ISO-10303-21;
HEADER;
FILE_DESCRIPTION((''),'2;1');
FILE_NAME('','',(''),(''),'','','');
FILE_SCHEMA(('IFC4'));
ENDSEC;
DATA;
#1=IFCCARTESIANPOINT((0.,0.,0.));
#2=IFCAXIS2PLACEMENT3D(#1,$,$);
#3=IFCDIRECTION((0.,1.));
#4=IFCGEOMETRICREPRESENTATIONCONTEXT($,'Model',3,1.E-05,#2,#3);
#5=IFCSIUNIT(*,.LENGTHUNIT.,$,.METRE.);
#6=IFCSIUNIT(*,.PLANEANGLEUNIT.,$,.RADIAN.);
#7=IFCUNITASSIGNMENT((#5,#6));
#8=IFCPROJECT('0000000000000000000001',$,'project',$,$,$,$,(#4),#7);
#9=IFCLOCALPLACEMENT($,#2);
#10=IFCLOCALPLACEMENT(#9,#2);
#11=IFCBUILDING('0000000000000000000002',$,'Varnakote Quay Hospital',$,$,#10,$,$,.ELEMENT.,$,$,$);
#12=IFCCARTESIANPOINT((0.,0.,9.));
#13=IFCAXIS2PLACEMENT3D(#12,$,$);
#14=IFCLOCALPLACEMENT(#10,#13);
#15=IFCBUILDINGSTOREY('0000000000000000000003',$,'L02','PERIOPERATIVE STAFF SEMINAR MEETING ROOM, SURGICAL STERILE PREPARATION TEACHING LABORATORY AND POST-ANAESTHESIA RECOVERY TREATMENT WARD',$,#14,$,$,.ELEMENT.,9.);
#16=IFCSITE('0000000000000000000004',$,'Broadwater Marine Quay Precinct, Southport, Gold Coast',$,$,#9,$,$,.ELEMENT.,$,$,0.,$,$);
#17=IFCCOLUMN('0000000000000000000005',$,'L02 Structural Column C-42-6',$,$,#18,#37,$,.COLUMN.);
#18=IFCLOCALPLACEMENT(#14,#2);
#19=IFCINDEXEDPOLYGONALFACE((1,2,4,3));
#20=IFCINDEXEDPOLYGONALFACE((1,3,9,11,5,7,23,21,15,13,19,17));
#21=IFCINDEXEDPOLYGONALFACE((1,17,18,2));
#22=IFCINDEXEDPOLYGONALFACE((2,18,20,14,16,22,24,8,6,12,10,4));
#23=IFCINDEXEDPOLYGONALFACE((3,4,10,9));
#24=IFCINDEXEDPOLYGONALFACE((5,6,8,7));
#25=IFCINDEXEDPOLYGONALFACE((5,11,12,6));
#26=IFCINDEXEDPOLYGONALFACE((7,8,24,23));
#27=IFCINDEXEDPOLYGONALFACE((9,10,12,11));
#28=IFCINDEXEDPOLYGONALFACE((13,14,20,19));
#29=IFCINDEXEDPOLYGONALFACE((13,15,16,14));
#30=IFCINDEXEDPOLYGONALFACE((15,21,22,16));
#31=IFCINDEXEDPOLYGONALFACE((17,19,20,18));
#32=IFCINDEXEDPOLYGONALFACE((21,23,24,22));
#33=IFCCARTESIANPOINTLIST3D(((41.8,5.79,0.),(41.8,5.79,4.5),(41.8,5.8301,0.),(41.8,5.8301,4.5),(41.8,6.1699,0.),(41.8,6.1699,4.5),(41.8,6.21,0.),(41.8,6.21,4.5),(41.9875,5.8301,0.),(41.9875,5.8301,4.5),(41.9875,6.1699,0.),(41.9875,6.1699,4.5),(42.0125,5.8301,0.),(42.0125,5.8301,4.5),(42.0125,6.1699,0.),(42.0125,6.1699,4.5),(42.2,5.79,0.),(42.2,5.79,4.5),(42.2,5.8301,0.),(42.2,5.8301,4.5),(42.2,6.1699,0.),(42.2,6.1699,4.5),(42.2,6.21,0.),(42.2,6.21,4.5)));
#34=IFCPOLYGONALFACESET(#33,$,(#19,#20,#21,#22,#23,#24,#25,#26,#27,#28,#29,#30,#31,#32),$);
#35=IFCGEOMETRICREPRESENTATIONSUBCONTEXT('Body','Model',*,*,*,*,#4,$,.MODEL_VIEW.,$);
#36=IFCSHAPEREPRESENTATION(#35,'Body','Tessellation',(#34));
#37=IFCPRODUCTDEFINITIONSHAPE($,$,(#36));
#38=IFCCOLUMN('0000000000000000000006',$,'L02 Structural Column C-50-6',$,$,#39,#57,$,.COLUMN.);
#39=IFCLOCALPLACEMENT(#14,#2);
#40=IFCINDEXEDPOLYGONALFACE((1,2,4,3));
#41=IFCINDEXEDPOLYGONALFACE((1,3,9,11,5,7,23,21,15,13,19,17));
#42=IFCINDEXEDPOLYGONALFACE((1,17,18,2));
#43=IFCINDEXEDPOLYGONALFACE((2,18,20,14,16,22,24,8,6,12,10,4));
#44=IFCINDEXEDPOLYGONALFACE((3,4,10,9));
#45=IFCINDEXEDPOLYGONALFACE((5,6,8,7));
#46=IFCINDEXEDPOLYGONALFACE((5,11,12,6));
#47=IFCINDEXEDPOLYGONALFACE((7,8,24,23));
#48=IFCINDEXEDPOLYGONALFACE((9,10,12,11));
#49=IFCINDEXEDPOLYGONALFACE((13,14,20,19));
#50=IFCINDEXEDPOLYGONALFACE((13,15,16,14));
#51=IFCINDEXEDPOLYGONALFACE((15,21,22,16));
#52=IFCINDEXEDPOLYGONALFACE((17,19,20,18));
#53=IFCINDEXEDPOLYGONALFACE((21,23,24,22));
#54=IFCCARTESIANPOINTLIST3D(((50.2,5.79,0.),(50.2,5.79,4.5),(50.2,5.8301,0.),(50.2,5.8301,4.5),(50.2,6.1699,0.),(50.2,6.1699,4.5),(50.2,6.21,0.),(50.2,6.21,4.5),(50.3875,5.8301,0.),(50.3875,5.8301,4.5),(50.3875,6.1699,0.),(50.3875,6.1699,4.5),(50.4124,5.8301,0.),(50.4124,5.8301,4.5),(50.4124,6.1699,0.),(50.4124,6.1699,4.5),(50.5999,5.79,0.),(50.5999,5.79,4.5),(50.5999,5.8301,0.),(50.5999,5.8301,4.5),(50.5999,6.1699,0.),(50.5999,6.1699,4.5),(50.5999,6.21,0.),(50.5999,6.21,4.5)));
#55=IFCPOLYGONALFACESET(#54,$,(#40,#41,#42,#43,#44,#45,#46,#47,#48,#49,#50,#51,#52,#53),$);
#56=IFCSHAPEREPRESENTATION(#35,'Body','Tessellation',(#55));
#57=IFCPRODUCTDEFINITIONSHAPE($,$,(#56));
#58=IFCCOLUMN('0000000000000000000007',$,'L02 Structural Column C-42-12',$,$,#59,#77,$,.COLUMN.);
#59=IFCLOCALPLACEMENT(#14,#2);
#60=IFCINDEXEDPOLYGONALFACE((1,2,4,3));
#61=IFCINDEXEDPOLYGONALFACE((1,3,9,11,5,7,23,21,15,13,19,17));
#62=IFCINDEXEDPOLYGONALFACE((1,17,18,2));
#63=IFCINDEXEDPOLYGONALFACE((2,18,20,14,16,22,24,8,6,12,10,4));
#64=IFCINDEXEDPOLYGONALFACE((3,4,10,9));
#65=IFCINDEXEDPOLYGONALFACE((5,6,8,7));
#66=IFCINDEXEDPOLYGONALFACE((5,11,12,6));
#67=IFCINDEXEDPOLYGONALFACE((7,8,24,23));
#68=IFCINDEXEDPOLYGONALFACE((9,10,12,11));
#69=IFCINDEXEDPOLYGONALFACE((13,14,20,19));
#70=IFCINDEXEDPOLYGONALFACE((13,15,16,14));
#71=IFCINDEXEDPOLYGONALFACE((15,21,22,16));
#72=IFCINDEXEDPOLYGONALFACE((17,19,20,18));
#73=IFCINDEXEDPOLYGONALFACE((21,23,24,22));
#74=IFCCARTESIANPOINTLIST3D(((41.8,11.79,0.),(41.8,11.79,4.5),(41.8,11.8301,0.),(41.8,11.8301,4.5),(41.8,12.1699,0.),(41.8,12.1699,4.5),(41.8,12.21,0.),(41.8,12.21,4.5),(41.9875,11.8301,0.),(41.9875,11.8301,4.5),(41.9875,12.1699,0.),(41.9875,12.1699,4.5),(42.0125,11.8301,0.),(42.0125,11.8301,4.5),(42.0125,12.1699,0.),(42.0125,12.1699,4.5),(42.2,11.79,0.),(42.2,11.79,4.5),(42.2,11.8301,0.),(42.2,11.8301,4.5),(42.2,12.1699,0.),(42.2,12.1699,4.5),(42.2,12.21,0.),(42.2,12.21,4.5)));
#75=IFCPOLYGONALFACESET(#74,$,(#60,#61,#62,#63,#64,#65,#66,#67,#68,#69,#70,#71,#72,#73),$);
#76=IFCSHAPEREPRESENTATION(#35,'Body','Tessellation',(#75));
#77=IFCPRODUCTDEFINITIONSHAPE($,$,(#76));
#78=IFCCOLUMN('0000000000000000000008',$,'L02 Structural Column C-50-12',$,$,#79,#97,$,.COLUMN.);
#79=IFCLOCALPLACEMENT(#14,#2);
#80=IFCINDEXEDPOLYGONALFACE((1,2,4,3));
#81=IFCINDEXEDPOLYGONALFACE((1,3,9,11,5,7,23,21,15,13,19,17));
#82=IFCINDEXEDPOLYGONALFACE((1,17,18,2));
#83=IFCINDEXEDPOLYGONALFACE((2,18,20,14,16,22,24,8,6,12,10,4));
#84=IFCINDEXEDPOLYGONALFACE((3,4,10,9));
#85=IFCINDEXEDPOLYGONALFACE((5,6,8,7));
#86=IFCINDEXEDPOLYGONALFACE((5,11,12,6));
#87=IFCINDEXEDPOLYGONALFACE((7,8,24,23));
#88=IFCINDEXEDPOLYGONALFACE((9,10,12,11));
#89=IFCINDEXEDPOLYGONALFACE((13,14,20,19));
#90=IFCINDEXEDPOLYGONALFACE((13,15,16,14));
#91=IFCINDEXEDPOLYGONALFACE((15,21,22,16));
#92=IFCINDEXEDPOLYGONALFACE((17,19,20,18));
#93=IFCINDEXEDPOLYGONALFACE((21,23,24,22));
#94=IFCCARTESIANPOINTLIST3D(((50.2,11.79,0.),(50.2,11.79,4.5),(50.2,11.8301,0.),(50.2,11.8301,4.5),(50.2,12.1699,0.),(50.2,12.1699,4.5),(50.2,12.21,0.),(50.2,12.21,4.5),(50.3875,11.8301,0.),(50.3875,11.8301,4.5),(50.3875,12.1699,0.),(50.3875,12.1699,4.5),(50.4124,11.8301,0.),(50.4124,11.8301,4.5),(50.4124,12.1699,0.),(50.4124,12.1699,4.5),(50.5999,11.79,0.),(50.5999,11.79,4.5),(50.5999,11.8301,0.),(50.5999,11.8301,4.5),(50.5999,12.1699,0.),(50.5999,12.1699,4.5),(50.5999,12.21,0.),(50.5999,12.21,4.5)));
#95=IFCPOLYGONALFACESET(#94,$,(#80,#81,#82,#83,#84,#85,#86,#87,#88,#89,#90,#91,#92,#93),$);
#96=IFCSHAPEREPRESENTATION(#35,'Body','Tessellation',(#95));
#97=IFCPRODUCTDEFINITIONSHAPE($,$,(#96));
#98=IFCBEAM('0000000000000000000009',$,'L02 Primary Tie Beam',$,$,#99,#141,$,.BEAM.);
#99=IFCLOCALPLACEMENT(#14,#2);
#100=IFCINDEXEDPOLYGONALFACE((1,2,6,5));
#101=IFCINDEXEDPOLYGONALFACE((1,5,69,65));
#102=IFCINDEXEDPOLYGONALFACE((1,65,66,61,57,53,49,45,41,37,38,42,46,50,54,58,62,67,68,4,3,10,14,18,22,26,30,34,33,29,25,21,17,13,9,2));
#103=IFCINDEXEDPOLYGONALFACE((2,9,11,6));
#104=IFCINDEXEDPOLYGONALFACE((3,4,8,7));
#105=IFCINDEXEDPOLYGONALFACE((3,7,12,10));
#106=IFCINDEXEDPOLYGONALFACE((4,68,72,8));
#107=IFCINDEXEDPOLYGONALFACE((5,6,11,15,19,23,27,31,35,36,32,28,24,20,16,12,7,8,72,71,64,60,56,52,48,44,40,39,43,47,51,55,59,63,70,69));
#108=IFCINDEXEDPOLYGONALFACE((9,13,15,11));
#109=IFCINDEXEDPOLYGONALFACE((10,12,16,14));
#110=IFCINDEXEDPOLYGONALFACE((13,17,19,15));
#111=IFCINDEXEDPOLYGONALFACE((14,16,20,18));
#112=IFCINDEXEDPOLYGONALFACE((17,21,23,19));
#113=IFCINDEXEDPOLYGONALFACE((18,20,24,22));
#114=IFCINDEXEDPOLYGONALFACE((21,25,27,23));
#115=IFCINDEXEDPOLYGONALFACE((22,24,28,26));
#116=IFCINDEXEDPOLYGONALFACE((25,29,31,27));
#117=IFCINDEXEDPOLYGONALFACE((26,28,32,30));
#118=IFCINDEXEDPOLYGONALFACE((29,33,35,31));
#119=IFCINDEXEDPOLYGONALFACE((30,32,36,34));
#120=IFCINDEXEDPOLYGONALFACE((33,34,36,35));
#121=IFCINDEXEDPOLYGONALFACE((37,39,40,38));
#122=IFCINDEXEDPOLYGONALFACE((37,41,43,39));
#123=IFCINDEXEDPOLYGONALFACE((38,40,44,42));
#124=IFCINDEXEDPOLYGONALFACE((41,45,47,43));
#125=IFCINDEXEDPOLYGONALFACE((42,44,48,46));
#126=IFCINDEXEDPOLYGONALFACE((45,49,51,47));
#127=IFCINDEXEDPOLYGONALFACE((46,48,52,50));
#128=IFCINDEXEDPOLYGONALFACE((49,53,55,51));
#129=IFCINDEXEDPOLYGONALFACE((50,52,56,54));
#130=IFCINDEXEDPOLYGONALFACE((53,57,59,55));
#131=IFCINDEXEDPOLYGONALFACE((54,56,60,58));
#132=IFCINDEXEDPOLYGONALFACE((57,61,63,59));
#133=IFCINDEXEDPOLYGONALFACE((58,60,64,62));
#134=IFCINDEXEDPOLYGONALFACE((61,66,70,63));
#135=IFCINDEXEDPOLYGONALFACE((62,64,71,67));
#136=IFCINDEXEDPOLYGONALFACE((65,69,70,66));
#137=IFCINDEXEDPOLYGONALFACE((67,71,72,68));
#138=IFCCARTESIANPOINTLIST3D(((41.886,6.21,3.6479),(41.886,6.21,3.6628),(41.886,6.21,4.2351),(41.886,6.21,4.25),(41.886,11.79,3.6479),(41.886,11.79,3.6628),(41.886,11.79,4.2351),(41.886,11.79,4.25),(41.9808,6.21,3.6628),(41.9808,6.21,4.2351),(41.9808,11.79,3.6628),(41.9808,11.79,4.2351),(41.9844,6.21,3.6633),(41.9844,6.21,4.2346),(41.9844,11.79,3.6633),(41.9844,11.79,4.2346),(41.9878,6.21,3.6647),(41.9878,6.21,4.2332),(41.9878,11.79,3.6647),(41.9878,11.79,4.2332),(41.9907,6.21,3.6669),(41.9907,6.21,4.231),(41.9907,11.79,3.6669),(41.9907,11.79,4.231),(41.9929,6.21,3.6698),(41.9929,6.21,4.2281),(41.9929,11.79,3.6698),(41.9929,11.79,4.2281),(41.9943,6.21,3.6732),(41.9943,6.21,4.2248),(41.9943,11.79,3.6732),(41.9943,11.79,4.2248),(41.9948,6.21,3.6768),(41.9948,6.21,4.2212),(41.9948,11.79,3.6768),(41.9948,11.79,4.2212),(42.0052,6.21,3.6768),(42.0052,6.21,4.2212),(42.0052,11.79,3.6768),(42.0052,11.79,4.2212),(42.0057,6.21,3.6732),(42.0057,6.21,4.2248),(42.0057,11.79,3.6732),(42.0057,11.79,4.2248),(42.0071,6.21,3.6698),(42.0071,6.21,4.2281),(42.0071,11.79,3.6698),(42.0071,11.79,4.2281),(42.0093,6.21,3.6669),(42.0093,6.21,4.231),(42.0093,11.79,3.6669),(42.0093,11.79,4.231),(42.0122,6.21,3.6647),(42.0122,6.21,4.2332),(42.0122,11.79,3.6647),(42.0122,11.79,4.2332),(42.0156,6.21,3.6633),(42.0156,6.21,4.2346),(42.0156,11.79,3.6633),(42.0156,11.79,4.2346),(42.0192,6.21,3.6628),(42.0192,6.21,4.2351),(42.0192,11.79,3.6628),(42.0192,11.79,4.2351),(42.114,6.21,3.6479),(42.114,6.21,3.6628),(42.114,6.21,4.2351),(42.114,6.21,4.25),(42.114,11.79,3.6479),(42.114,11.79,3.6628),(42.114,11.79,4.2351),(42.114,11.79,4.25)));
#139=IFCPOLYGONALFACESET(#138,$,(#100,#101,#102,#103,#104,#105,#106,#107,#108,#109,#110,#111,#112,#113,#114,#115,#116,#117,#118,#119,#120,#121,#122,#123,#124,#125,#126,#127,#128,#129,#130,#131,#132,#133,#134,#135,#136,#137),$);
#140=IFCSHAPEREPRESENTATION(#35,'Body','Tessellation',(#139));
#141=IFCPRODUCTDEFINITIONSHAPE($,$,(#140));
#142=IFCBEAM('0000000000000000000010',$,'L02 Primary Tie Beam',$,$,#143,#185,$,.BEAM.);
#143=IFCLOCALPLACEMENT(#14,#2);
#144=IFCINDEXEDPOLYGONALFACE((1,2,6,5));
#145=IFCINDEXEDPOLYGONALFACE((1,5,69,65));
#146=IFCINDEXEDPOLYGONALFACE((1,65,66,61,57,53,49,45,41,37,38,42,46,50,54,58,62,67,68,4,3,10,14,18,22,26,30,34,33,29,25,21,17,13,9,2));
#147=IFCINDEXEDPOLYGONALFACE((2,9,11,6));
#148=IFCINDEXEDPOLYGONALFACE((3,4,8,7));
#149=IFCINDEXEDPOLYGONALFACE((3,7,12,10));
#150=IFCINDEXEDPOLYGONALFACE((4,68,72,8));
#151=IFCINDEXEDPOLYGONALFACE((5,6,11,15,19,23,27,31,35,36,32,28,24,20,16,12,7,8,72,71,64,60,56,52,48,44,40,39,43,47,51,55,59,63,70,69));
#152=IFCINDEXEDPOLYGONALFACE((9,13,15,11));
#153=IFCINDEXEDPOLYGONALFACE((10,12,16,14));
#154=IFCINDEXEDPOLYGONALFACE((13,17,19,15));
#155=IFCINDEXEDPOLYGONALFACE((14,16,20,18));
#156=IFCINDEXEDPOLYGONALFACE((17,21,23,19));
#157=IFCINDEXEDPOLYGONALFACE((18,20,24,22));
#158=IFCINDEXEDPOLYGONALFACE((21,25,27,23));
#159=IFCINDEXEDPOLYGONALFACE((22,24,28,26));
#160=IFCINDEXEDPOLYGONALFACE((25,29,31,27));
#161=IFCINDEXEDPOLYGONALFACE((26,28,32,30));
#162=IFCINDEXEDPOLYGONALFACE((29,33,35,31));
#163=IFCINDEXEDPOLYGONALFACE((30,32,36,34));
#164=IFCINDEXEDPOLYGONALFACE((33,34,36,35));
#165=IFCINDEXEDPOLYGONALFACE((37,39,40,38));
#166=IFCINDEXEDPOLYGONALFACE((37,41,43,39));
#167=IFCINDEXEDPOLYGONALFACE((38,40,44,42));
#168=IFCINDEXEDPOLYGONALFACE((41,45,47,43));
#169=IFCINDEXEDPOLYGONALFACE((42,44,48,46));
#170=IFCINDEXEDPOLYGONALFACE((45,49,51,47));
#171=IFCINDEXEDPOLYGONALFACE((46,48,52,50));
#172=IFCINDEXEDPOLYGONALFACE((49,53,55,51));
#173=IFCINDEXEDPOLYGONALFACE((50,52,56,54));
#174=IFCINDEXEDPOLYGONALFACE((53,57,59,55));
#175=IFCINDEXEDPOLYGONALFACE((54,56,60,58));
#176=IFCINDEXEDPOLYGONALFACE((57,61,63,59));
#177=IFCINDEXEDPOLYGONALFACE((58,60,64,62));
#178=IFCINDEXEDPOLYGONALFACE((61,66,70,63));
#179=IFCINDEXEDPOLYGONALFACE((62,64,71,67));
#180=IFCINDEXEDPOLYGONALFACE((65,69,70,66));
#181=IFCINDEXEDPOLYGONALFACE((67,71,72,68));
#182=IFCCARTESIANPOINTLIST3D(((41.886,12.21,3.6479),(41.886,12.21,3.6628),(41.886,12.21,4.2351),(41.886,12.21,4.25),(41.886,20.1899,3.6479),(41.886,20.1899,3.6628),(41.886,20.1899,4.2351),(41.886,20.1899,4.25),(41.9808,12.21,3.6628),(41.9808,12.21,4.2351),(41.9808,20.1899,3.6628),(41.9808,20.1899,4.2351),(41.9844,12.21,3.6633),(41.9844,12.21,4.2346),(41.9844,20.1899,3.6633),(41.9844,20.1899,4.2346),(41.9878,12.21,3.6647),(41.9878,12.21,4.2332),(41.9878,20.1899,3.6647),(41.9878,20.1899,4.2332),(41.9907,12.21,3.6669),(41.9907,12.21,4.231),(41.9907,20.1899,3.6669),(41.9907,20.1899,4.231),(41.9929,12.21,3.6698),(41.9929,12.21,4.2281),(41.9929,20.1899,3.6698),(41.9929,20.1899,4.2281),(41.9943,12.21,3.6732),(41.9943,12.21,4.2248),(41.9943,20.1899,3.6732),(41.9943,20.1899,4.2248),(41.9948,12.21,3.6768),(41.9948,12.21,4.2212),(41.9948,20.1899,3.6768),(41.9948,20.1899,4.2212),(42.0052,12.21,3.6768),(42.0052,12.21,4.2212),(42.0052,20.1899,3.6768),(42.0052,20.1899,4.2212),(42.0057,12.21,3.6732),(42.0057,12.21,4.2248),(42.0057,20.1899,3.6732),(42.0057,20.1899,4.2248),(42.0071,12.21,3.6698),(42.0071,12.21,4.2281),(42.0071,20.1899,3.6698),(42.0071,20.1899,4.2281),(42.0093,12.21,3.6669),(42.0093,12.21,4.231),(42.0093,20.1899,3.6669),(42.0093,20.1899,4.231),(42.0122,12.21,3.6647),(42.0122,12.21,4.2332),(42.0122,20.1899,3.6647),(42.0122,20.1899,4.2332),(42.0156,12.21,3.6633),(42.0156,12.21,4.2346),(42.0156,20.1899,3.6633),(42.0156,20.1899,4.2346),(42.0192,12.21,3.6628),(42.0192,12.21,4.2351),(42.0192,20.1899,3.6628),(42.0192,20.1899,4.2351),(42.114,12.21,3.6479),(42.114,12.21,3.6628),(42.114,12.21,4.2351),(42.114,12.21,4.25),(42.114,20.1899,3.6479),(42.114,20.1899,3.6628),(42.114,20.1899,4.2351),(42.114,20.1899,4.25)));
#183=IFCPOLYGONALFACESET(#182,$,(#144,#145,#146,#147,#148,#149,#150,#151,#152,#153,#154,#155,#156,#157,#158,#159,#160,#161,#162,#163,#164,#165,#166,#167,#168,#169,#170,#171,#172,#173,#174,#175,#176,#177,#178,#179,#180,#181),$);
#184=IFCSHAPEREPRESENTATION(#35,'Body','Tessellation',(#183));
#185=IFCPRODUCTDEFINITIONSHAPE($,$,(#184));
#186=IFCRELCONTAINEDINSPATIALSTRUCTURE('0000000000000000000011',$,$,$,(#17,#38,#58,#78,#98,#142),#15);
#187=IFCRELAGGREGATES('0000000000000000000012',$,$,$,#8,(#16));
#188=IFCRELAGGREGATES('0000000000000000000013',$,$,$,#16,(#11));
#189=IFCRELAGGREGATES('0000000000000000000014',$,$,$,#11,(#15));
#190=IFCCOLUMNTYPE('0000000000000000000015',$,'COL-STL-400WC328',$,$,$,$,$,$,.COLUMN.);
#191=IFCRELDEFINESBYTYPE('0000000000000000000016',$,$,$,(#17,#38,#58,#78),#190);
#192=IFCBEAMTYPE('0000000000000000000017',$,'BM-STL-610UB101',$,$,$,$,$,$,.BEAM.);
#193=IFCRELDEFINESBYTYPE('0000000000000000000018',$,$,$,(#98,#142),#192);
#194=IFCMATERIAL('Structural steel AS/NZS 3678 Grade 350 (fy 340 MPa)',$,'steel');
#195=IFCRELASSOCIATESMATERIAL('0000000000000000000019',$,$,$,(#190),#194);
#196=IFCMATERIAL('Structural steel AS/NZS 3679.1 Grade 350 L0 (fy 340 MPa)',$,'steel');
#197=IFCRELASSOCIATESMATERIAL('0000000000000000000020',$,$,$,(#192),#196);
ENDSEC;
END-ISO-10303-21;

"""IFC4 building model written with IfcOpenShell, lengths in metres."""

from ifc_helpers import new_model, si_unit, direction, frame, origin, origin_2d, place, context, subcontext, project, spatial, i_section, extrude, material, material_profile, profile_set, type_object, element, save


model = new_model("IFC4")

# Units and contexts
model_context = context("Model", 3, precision=1e-05, world=origin(), true_north=direction((0.0, 1.0)))
body_context = subcontext(model_context, "Body", "Model", "MODEL_VIEW")
ifc_project = project(units=[si_unit("LENGTHUNIT", "METRE"), si_unit("PLANEANGLEUNIT", "RADIAN")], contexts=[model_context])

# Site, building, storey
site_placement = place(None, origin())
site = spatial("IfcSite", under=ifc_project, at=site_placement, Name="Broadwater Marine Quay Precinct, Southport, Gold Coast", CompositionType="ELEMENT", RefElevation=0.0)
building_placement = place(site_placement, origin())
building = spatial("IfcBuilding", under=site, at=building_placement, Name="Varnakote Quay Hospital", CompositionType="ELEMENT")
storey_placement = place(building_placement, frame((0.0, 0.0, 9.0)))
storey = spatial("IfcBuildingStorey", under=building, at=storey_placement, Name="L02", Description="PERIOPERATIVE STAFF SEMINAR MEETING ROOM, SURGICAL STERILE PREPARATION TEACHING LABORATORY AND POST-ANAESTHESIA RECOVERY TREATMENT WARD", CompositionType="ELEMENT", Elevation=9.0)

# Columns
ifc_material_1 = material(Name="Structural steel AS/NZS 3678 Grade 350 (fy 340 MPa)", Category="steel")
ifc_material_profile_1 = material_profile(ifc_material_1, i_section(OverallWidth=0.3999, OverallDepth=0.4199, WebThickness=0.0249, FlangeThickness=0.04, at=origin_2d()), Name="400WC328")
ifc_profile_set_1 = profile_set([ifc_material_profile_1], Name="Structural steel AS/NZS 3678 Grade 350 (fy 340 MPa)")
column_type = type_object("IfcColumnType", Name="COL-STL-400WC328", PredefinedType="COLUMN", material=ifc_profile_set_1)
for number, where, z_axis, x_axis, name in (
    (1, (42.0, 6.0, 0.0), (0.0, 0.0, 1.0), (1.0, 0.0, 0.0), "L02 Structural Column C-42-6"),
    (2, (50.3999, 6.0, 0.0), (0.0, 0.0, 1.0), (1.0, 0.0, 0.0), "L02 Structural Column C-50-6"),
    (3, (42.0, 12.0, 0.0), (0.0, 0.0, 1.0), (1.0, 0.0, 0.0), "L02 Structural Column C-42-12"),
    (4, (50.3999, 12.0, 0.0), (0.0, 0.0, 1.0), (1.0, 0.0, 0.0), "L02 Structural Column C-50-12"),
):
    element("IfcColumn", number, at=place(storey_placement, frame(where, z_axis=z_axis, x_axis=x_axis)), inside=storey, type_object=column_type, Name=name, PredefinedType="COLUMN", context=body_context, shape_type="SweptSolid", body=[
        extrude(i_section(OverallWidth=0.3999, OverallDepth=0.4199, WebThickness=0.0249, FlangeThickness=0.04, at=origin_2d()), origin(), (0.0, 0.0, 1.0), 4.5),
    ])

# Beams
ifc_material_2 = material(Name="Structural steel AS/NZS 3679.1 Grade 350 L0 (fy 340 MPa)", Category="steel")
ifc_material_profile_2 = material_profile(ifc_material_2, i_section(OverallWidth=0.228, OverallDepth=0.6021, WebThickness=0.0105, FlangeThickness=0.0149, FilletRadius=0.0139, at=origin_2d()), Name="610UB101")
ifc_profile_set_2 = profile_set([ifc_material_profile_2], Name="Structural steel AS/NZS 3679.1 Grade 350 L0 (fy 340 MPa)")
beam_type_1 = type_object("IfcBeamType", Name="BM-STL-610UB101", PredefinedType="BEAM", material=ifc_profile_set_2)
beam_1_placement = place(storey_placement, frame((42.0, 6.21, 3.949), z_axis=(0.0, 1.0, 0.0), x_axis=(-1.0, 0.0, 0.0)))
element("IfcBeam", 5, at=beam_1_placement, inside=storey, type_object=beam_type_1, Name="L02 Primary Tie Beam", PredefinedType="BEAM", context=body_context, shape_type="SweptSolid", body=[
    extrude(i_section(OverallWidth=0.228, OverallDepth=0.6021, WebThickness=0.0105, FlangeThickness=0.0149, FilletRadius=0.0139, at=origin_2d()), origin(), (0.0, 0.0, 1.0), 5.5801),
])
beam_2_placement = place(storey_placement, frame((42.0, 12.21, 3.949), z_axis=(0.0, 1.0, 0.0), x_axis=(-1.0, 0.0, 0.0)))
element("IfcBeam", 6, at=beam_2_placement, inside=storey, type_object=beam_type_1, Name="L02 Primary Tie Beam", PredefinedType="BEAM", context=body_context, shape_type="SweptSolid", body=[
    extrude(i_section(OverallWidth=0.228, OverallDepth=0.6021, WebThickness=0.0105, FlangeThickness=0.0149, FilletRadius=0.0139, at=origin_2d()), origin(), (0.0, 0.0, 1.0), 7.98),
])

save(model, "model.ifc")
